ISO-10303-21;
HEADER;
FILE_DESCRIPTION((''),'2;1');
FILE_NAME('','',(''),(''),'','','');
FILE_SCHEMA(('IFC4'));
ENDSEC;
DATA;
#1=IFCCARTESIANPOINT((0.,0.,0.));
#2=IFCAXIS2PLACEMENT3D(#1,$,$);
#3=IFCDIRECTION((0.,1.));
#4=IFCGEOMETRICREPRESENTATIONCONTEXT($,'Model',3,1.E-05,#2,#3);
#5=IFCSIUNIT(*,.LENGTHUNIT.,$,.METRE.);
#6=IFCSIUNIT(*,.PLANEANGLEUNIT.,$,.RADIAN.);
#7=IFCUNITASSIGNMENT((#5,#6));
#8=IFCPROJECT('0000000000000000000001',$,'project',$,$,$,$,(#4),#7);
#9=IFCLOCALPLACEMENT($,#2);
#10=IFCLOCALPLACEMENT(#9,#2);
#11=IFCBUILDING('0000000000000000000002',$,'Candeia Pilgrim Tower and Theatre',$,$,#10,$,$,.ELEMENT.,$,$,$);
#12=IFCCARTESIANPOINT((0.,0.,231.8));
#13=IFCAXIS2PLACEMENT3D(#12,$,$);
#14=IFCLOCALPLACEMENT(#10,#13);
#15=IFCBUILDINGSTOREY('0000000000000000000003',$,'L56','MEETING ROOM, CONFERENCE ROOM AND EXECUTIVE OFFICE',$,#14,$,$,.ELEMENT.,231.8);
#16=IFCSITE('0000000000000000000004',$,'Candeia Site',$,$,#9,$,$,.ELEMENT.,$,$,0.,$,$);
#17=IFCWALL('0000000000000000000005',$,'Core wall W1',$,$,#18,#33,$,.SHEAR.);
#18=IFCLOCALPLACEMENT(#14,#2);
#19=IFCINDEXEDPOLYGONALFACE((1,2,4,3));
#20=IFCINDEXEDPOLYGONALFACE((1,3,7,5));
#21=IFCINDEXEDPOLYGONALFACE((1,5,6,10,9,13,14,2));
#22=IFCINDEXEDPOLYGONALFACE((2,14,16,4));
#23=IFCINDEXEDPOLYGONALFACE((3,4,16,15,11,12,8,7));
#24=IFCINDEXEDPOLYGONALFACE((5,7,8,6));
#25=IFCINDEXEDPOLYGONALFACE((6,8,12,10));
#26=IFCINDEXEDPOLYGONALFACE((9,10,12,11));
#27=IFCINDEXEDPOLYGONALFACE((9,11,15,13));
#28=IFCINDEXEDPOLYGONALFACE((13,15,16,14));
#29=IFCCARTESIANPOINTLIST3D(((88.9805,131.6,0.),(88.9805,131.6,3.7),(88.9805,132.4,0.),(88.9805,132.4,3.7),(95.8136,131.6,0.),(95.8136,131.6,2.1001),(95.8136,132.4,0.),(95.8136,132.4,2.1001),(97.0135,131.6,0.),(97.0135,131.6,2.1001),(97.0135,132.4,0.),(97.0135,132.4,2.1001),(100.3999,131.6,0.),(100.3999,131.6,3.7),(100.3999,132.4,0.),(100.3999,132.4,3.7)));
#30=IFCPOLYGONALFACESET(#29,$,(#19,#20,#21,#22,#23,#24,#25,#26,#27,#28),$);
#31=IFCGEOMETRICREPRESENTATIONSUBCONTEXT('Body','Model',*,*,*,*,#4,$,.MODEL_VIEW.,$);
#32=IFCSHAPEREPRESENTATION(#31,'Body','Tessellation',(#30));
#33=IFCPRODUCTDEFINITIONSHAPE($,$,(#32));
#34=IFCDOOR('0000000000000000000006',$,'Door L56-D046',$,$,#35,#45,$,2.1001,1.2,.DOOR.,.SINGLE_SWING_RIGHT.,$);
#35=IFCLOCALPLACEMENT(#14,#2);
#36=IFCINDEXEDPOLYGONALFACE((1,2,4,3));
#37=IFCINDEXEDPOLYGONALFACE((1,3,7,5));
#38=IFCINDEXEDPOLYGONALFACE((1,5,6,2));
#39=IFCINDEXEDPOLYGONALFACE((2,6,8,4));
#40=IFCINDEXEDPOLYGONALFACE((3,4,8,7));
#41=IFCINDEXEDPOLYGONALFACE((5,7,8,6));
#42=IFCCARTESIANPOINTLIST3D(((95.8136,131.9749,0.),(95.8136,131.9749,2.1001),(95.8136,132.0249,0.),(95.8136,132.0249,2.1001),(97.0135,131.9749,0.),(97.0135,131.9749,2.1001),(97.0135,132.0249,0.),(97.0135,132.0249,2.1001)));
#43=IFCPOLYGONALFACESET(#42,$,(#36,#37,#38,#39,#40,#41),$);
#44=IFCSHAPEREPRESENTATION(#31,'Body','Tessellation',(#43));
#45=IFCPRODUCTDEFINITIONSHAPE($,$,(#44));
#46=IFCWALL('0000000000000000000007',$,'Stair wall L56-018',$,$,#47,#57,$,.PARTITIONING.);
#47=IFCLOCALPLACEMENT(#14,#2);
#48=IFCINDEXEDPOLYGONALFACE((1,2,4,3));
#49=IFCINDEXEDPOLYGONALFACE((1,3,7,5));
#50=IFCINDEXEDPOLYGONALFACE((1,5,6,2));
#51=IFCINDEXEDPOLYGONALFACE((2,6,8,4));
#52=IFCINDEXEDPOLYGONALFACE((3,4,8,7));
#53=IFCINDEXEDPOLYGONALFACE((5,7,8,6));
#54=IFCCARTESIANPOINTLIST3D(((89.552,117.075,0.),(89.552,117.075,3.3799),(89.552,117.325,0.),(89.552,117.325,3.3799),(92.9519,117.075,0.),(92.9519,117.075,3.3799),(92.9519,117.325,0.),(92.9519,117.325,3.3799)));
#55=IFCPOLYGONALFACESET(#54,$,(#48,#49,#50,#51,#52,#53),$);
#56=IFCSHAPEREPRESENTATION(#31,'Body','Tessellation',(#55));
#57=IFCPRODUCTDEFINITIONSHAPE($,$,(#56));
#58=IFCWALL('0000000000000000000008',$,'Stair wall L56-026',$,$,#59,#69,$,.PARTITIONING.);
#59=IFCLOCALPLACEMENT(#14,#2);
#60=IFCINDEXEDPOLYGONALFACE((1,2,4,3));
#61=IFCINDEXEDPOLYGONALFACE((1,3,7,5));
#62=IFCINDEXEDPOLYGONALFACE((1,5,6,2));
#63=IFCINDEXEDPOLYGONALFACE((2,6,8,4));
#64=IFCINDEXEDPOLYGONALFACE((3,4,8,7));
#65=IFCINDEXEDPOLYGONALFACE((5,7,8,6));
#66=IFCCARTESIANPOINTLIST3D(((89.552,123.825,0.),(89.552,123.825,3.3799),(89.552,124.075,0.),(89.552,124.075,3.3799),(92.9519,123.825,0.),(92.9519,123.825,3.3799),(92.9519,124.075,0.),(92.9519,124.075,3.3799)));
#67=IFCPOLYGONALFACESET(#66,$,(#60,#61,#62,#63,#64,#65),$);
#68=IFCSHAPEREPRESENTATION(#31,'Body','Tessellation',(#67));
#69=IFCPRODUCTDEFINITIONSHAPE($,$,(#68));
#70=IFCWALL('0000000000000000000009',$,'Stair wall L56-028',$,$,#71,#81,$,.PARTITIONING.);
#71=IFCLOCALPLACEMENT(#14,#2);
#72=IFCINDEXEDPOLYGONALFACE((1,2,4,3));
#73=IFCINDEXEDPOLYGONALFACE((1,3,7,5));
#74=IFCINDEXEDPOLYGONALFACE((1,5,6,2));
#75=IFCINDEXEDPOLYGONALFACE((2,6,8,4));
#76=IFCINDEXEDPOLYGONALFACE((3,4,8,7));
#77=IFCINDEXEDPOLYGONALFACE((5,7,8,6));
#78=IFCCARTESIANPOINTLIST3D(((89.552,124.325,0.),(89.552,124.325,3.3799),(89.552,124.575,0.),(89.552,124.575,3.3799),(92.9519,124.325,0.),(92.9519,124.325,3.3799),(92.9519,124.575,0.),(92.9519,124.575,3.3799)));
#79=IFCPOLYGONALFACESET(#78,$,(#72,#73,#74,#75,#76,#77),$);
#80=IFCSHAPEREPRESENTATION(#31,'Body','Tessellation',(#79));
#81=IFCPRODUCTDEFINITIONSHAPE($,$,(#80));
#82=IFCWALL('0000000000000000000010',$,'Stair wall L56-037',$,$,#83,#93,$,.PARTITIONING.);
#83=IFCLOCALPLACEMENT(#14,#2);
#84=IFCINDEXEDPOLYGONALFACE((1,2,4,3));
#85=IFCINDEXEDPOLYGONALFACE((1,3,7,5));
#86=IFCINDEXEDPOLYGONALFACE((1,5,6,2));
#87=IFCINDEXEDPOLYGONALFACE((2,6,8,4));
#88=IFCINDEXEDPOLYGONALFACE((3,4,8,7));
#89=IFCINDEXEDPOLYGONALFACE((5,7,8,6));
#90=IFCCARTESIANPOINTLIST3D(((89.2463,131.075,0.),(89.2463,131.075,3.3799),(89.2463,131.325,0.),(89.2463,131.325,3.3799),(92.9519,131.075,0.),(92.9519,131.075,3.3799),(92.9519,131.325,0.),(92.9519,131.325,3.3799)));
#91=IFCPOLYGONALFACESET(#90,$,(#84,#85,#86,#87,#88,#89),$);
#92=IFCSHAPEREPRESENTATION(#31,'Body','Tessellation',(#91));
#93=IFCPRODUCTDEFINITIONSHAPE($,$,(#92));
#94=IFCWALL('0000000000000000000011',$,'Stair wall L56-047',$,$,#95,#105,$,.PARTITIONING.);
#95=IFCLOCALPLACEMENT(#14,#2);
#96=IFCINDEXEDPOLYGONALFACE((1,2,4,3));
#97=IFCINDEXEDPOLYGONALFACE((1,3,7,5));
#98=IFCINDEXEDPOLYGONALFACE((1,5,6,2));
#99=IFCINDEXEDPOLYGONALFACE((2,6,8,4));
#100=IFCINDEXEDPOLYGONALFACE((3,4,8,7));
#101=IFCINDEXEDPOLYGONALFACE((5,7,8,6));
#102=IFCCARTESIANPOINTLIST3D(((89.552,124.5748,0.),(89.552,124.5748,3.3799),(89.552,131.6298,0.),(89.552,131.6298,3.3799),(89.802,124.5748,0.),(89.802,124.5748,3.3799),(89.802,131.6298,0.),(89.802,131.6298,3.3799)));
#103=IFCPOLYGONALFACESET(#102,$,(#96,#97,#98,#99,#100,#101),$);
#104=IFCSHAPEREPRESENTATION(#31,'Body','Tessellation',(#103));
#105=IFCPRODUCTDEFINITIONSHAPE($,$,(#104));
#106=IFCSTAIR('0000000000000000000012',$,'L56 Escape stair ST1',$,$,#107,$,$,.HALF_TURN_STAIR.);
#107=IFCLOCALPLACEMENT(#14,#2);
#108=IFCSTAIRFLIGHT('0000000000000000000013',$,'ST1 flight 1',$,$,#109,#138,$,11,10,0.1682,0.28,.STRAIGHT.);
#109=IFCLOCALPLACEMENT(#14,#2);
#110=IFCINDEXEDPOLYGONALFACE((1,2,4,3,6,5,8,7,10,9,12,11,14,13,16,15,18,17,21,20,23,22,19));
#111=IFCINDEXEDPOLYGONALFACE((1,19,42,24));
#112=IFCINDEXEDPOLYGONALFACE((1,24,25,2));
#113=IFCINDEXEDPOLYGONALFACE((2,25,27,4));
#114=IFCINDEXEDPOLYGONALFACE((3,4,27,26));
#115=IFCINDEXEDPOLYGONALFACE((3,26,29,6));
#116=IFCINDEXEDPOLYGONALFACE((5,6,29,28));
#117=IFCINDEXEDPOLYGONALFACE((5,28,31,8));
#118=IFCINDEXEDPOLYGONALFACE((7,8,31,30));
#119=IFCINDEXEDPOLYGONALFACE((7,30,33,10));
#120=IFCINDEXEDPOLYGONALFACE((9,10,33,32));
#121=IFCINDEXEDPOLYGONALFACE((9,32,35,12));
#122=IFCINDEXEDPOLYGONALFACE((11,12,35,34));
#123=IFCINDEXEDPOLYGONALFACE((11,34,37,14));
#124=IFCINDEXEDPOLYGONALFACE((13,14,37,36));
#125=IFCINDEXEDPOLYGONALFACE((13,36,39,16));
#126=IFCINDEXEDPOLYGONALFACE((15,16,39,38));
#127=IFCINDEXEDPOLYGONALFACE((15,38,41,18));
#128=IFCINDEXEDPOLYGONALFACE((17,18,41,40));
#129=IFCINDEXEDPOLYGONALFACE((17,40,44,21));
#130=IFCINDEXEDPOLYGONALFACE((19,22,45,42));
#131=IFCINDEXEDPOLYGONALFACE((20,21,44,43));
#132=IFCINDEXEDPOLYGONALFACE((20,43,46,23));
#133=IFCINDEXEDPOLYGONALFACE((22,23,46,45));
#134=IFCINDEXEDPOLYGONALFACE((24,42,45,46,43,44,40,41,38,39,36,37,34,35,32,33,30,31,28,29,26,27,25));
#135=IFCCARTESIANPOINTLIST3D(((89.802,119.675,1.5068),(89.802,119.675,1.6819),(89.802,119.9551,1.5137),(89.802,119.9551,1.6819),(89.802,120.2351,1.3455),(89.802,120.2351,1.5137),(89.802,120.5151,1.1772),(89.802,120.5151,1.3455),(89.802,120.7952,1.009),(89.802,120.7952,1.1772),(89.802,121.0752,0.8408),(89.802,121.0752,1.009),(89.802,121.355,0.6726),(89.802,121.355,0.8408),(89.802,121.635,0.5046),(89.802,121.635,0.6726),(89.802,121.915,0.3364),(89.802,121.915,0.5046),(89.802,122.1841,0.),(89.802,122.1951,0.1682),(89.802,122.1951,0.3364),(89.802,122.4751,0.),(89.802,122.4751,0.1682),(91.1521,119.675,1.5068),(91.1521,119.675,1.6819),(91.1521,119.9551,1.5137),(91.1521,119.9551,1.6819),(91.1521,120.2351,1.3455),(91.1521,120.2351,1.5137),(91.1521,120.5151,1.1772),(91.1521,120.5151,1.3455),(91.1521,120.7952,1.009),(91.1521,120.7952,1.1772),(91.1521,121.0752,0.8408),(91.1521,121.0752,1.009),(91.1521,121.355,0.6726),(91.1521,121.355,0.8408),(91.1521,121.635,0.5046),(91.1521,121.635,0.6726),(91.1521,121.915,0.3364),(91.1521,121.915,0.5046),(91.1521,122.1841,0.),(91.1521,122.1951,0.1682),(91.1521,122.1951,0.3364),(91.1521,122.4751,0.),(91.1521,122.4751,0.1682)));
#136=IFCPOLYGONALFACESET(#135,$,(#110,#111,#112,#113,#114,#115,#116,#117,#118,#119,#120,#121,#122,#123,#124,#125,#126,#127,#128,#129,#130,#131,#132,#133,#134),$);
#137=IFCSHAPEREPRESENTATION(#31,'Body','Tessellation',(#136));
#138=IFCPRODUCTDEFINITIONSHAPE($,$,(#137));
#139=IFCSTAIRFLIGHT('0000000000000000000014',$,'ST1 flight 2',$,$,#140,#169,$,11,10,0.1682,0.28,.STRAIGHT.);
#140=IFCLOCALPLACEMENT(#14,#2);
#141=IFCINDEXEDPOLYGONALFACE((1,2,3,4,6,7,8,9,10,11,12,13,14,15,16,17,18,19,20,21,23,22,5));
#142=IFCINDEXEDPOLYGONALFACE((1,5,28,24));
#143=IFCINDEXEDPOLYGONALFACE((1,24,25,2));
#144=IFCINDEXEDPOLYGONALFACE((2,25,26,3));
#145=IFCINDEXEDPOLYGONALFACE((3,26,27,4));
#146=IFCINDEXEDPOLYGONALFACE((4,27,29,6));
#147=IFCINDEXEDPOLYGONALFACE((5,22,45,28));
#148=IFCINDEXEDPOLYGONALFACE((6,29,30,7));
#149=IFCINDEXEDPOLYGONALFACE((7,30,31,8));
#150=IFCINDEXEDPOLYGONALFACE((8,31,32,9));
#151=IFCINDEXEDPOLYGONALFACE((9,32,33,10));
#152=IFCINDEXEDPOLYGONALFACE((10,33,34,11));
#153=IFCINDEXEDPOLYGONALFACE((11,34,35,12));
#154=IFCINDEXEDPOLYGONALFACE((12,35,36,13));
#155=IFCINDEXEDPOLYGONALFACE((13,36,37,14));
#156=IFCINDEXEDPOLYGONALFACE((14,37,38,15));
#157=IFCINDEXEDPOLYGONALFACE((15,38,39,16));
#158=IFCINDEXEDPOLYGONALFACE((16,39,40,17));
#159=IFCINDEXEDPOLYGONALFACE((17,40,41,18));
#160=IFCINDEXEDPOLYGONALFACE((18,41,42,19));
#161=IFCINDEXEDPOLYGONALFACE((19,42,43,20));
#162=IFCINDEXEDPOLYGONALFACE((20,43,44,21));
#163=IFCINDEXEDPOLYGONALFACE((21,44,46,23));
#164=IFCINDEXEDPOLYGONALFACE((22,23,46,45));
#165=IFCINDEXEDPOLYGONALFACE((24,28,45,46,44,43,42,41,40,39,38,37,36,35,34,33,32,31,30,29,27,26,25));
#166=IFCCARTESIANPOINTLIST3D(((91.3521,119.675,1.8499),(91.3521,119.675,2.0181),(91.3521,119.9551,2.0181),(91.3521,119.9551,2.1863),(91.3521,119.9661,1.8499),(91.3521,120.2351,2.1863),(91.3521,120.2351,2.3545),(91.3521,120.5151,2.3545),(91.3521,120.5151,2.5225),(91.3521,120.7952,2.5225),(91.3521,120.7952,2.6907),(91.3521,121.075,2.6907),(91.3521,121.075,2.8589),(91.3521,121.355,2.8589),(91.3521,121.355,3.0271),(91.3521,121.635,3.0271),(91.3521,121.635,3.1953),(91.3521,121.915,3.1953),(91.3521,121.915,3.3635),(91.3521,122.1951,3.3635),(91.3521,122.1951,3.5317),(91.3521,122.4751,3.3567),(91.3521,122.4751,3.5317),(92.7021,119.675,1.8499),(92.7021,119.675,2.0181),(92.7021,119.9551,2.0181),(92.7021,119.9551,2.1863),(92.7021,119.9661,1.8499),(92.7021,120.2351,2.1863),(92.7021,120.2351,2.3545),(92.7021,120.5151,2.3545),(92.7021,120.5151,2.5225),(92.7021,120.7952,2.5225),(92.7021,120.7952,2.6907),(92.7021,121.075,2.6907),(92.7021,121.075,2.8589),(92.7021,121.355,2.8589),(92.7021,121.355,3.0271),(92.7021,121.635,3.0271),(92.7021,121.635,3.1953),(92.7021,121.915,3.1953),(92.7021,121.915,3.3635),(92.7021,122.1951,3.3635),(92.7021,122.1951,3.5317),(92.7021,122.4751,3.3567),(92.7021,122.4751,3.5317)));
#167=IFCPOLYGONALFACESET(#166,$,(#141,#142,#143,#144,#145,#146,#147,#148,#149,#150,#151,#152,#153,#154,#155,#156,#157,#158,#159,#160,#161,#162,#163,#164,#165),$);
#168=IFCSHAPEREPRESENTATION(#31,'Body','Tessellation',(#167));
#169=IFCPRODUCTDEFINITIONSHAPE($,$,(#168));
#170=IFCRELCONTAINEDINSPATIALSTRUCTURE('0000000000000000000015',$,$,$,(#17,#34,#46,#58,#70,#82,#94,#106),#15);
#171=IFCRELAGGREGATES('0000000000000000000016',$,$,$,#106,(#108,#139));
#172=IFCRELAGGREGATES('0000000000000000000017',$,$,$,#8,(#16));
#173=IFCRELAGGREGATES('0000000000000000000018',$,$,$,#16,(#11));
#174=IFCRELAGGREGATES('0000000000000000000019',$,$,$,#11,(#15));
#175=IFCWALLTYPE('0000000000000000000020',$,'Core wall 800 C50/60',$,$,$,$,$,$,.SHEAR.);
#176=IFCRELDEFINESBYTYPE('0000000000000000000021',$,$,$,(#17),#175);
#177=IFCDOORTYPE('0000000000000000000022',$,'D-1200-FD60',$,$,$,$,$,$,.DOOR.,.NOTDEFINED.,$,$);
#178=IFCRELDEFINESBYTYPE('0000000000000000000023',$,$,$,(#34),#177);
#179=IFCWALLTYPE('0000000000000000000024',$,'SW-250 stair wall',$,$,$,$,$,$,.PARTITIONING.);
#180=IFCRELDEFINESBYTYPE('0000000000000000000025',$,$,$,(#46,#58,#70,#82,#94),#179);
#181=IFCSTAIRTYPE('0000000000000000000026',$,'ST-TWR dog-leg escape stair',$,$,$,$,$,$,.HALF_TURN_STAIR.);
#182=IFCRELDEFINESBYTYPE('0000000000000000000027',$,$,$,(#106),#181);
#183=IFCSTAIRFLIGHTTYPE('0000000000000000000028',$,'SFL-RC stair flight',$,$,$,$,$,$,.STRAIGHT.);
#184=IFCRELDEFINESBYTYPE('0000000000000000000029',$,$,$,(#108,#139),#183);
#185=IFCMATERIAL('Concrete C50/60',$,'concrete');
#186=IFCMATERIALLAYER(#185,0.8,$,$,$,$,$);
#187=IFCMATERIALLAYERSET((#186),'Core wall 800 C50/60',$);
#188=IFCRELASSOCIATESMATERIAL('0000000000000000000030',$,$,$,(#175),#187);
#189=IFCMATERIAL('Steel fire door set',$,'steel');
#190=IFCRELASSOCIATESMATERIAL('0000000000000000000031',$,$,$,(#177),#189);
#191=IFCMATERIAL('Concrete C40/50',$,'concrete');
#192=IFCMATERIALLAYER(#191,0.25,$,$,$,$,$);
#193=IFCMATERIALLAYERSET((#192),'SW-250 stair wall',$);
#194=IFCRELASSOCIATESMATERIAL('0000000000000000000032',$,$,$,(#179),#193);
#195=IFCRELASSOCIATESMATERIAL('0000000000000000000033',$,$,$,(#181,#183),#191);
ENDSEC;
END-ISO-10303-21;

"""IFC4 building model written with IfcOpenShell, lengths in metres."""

from ifc_helpers import new_model, si_unit, direction, frame, frame_2d, origin, place, context, subcontext, project, spatial, polyline, rectangle, outline, extrude, material, layer, layer_set, type_object, element, fill, aggregate, save


model = new_model("IFC4")

# Units and contexts
model_context = context("Model", 3, precision=1e-05, world=origin(), true_north=direction((0.0, 1.0)))
body_context = subcontext(model_context, "Body", "Model", "MODEL_VIEW")
ifc_project = project(units=[si_unit("LENGTHUNIT", "METRE"), si_unit("PLANEANGLEUNIT", "RADIAN")], contexts=[model_context])

# Site, building, storey
site_placement = place(None, origin())
site = spatial("IfcSite", under=ifc_project, at=site_placement, Name="Candeia Site", CompositionType="ELEMENT", RefElevation=0.0)
building_placement = place(site_placement, origin())
building = spatial("IfcBuilding", under=site, at=building_placement, Name="Candeia Pilgrim Tower and Theatre", CompositionType="ELEMENT")
storey_placement = place(building_placement, frame((0.0, 0.0, 231.8)))
storey = spatial("IfcBuildingStorey", under=building, at=storey_placement, Name="L56", Description="MEETING ROOM, CONFERENCE ROOM AND EXECUTIVE OFFICE", CompositionType="ELEMENT", Elevation=231.8)

# Wall, opening, door
ifc_material_1 = material(Name="Concrete C50/60", Category="concrete")
ifc_layer_1 = layer(ifc_material_1, 0.8)
ifc_layer_set_1 = layer_set([ifc_layer_1], Name="Core wall 800 C50/60")
wall_type_1 = type_object("IfcWallType", Name="Core wall 800 C50/60", PredefinedType="SHEAR", material=ifc_layer_set_1)
wall_1_placement = place(storey_placement, frame((88.9805, 132.0, 0.0), z_axis=(0.0, 0.0, 1.0), x_axis=(1.0, 0.0, 0.0)))
wall_1 = element("IfcWall", 1, at=wall_1_placement, inside=storey, type_object=wall_type_1, Name="Core wall W1", PredefinedType="SHEAR", context=body_context, shape_type="SweptSolid", body=[
    extrude(rectangle(XDim=11.4194, YDim=0.8, at=frame_2d((5.7097, 0.0))), origin(), (0.0, 0.0, 1.0), 3.7),
])
opening_placement = place(wall_1_placement, frame((6.833, 0.0, 0.0)))
opening = element("IfcOpeningElement", 2, at=opening_placement, cuts=wall_1, PredefinedType="OPENING", context=body_context, shape_type="SweptSolid", body=[
    extrude(rectangle(XDim=1.2, YDim=2.1001, at=frame_2d((0.6001, 1.05))), frame((0.0, 0.4102, 0.0), z_axis=(0.0, -1.0, 0.0), x_axis=(1.0, 0.0, 0.0)), (0.0, 0.0, 1.0), 0.8201),
])
ifc_material_2 = material(Name="Steel fire door set", Category="steel")
door_type = type_object("IfcDoorType", Name="D-1200-FD60", OperationType="NOTDEFINED", PredefinedType="DOOR", material=ifc_material_2)
door_placement = place(opening_placement, origin())
door = element("IfcDoor", 3, at=door_placement, inside=storey, type_object=door_type, Name="Door L56-D046", OperationType="SINGLE_SWING_RIGHT", OverallHeight=2.1001, OverallWidth=1.2, PredefinedType="DOOR", context=body_context, shape_type="SweptSolid", body=[
    extrude(rectangle(XDim=1.2, YDim=2.1001, at=frame_2d((0.6001, 1.05))), frame((0.0, 0.0249, 0.0), z_axis=(0.0, -1.0, 0.0), x_axis=(1.0, 0.0, 0.0)), (0.0, 0.0, 1.0), 0.05),
])
fill(opening, door)

# Walls
ifc_material_3 = material(Name="Concrete C40/50", Category="concrete")
ifc_layer_2 = layer(ifc_material_3, 0.25)
ifc_layer_set_2 = layer_set([ifc_layer_2], Name="SW-250 stair wall")
wall_type_2 = type_object("IfcWallType", Name="SW-250 stair wall", PredefinedType="PARTITIONING", material=ifc_layer_set_2)
for number, where, z_axis, x_axis, name in (
    (4, (89.552, 117.2, 0.0), (0.0, 0.0, 1.0), (1.0, 0.0, 0.0), "Stair wall L56-018"),
    (5, (89.552, 123.95, 0.0), (0.0, 0.0, 1.0), (1.0, 0.0, 0.0), "Stair wall L56-026"),
    (6, (89.552, 124.45, 0.0), (0.0, 0.0, 1.0), (1.0, 0.0, 0.0), "Stair wall L56-028"),
):
    element("IfcWall", number, at=place(storey_placement, frame(where, z_axis=z_axis, x_axis=x_axis)), inside=storey, type_object=wall_type_2, Name=name, PredefinedType="PARTITIONING", context=body_context, shape_type="SweptSolid", body=[
        extrude(rectangle(XDim=3.3999, YDim=0.25, at=frame_2d((1.7, 0.0))), origin(), (0.0, 0.0, 1.0), 3.3799),
    ])
wall_2_placement = place(storey_placement, frame((89.2463, 131.2, 0.0), z_axis=(0.0, 0.0, 1.0), x_axis=(1.0, 0.0, 0.0)))
element("IfcWall", 7, at=wall_2_placement, inside=storey, type_object=wall_type_2, Name="Stair wall L56-037", PredefinedType="PARTITIONING", context=body_context, shape_type="SweptSolid", body=[
    extrude(rectangle(XDim=3.7056, YDim=0.25, at=frame_2d((1.8528, 0.0))), origin(), (0.0, 0.0, 1.0), 3.3799),
])
wall_3_placement = place(storey_placement, frame((89.677, 124.575, 0.0), z_axis=(0.0, 0.0, 1.0), x_axis=(0.0, 1.0, 0.0)))
element("IfcWall", 8, at=wall_3_placement, inside=storey, type_object=wall_type_2, Name="Stair wall L56-047", PredefinedType="PARTITIONING", context=body_context, shape_type="SweptSolid", body=[
    extrude(rectangle(XDim=7.0549, YDim=0.25, at=frame_2d((3.5273, 0.0))), origin(), (0.0, 0.0, 1.0), 3.3799),
])

# Stair, stair flights
stair_type = type_object("IfcStairType", Name="ST-TWR dog-leg escape stair", PredefinedType="HALF_TURN_STAIR", material=ifc_material_3)
stair_1_placement = place(storey_placement, origin())
stair_1 = element("IfcStair", 9, at=stair_1_placement, inside=storey, type_object=stair_type, Name="L56 Escape stair ST1", PredefinedType="HALF_TURN_STAIR")
stair_flight_type = type_object("IfcStairFlightType", Name="SFL-RC stair flight", PredefinedType="STRAIGHT", material=ifc_material_3)
stair_flight_1_placement = place(storey_placement, frame((90.4771, 122.4751, 0.0), z_axis=(0.0, 0.0, 1.0), x_axis=(0.0, -1.0, 0.0)))
stair_flight_1 = element("IfcStairFlight", 10, at=stair_flight_1_placement, type_object=stair_flight_type, Name="ST1 flight 1", NumberOfRisers=11, NumberOfTreads=10, PredefinedType="STRAIGHT", RiserHeight=0.1682, TreadLength=0.28, context=body_context, shape_type="SweptSolid", body=[
    extrude(outline(polyline([(0.0, 0.0), (0.0, 0.1682), (0.28, 0.1682), (0.28, 0.3364), (0.5601, 0.3364), (0.5601, 0.5046), (0.8401, 0.5046), (0.8401, 0.6726), (1.1201, 0.6726), (1.1201, 0.8408), (1.3999, 0.8408), (1.3999, 1.009), (1.6799, 1.009), (1.6799, 1.1772), (1.96, 1.1772), (1.96, 1.3455), (2.24, 1.3455), (2.24, 1.5137), (2.52, 1.5137), (2.52, 1.6819), (2.8, 1.6819), (2.8, 1.8501), (2.8, 1.5068), (0.291, 0.0), (0.0, 0.0)])), frame((0.0, 0.675, 0.0), z_axis=(0.0, -1.0, 0.0), x_axis=(1.0, 0.0, 0.0)), (0.0, 0.0, 1.0), 1.3501),
])
stair_flight_2_placement = place(storey_placement, frame((92.0271, 119.675, 1.8499), z_axis=(0.0, 0.0, 1.0), x_axis=(0.0, 1.0, 0.0)))
stair_flight_2 = element("IfcStairFlight", 11, at=stair_flight_2_placement, type_object=stair_flight_type, Name="ST1 flight 2", NumberOfRisers=11, NumberOfTreads=10, PredefinedType="STRAIGHT", RiserHeight=0.1682, TreadLength=0.28, context=body_context, shape_type="SweptSolid", body=[
    extrude(outline(polyline([(0.0, 0.0), (0.0, 0.1682), (0.28, 0.1682), (0.28, 0.3364), (0.5601, 0.3364), (0.5601, 0.5046), (0.8401, 0.5046), (0.8401, 0.6726), (1.1201, 0.6726), (1.1201, 0.8408), (1.3999, 0.8408), (1.3999, 1.009), (1.6799, 1.009), (1.6799, 1.1772), (1.96, 1.1772), (1.96, 1.3455), (2.24, 1.3455), (2.24, 1.5137), (2.52, 1.5137), (2.52, 1.6819), (2.8, 1.6819), (2.8, 1.8501), (2.8, 1.5068), (0.291, 0.0), (0.0, 0.0)])), frame((0.0, 0.675, 0.0), z_axis=(0.0, -1.0, 0.0), x_axis=(1.0, 0.0, 0.0)), (0.0, 0.0, 1.0), 1.3501),
])
aggregate(stair_1, [stair_flight_1, stair_flight_2])

save(model, "model.ifc")
